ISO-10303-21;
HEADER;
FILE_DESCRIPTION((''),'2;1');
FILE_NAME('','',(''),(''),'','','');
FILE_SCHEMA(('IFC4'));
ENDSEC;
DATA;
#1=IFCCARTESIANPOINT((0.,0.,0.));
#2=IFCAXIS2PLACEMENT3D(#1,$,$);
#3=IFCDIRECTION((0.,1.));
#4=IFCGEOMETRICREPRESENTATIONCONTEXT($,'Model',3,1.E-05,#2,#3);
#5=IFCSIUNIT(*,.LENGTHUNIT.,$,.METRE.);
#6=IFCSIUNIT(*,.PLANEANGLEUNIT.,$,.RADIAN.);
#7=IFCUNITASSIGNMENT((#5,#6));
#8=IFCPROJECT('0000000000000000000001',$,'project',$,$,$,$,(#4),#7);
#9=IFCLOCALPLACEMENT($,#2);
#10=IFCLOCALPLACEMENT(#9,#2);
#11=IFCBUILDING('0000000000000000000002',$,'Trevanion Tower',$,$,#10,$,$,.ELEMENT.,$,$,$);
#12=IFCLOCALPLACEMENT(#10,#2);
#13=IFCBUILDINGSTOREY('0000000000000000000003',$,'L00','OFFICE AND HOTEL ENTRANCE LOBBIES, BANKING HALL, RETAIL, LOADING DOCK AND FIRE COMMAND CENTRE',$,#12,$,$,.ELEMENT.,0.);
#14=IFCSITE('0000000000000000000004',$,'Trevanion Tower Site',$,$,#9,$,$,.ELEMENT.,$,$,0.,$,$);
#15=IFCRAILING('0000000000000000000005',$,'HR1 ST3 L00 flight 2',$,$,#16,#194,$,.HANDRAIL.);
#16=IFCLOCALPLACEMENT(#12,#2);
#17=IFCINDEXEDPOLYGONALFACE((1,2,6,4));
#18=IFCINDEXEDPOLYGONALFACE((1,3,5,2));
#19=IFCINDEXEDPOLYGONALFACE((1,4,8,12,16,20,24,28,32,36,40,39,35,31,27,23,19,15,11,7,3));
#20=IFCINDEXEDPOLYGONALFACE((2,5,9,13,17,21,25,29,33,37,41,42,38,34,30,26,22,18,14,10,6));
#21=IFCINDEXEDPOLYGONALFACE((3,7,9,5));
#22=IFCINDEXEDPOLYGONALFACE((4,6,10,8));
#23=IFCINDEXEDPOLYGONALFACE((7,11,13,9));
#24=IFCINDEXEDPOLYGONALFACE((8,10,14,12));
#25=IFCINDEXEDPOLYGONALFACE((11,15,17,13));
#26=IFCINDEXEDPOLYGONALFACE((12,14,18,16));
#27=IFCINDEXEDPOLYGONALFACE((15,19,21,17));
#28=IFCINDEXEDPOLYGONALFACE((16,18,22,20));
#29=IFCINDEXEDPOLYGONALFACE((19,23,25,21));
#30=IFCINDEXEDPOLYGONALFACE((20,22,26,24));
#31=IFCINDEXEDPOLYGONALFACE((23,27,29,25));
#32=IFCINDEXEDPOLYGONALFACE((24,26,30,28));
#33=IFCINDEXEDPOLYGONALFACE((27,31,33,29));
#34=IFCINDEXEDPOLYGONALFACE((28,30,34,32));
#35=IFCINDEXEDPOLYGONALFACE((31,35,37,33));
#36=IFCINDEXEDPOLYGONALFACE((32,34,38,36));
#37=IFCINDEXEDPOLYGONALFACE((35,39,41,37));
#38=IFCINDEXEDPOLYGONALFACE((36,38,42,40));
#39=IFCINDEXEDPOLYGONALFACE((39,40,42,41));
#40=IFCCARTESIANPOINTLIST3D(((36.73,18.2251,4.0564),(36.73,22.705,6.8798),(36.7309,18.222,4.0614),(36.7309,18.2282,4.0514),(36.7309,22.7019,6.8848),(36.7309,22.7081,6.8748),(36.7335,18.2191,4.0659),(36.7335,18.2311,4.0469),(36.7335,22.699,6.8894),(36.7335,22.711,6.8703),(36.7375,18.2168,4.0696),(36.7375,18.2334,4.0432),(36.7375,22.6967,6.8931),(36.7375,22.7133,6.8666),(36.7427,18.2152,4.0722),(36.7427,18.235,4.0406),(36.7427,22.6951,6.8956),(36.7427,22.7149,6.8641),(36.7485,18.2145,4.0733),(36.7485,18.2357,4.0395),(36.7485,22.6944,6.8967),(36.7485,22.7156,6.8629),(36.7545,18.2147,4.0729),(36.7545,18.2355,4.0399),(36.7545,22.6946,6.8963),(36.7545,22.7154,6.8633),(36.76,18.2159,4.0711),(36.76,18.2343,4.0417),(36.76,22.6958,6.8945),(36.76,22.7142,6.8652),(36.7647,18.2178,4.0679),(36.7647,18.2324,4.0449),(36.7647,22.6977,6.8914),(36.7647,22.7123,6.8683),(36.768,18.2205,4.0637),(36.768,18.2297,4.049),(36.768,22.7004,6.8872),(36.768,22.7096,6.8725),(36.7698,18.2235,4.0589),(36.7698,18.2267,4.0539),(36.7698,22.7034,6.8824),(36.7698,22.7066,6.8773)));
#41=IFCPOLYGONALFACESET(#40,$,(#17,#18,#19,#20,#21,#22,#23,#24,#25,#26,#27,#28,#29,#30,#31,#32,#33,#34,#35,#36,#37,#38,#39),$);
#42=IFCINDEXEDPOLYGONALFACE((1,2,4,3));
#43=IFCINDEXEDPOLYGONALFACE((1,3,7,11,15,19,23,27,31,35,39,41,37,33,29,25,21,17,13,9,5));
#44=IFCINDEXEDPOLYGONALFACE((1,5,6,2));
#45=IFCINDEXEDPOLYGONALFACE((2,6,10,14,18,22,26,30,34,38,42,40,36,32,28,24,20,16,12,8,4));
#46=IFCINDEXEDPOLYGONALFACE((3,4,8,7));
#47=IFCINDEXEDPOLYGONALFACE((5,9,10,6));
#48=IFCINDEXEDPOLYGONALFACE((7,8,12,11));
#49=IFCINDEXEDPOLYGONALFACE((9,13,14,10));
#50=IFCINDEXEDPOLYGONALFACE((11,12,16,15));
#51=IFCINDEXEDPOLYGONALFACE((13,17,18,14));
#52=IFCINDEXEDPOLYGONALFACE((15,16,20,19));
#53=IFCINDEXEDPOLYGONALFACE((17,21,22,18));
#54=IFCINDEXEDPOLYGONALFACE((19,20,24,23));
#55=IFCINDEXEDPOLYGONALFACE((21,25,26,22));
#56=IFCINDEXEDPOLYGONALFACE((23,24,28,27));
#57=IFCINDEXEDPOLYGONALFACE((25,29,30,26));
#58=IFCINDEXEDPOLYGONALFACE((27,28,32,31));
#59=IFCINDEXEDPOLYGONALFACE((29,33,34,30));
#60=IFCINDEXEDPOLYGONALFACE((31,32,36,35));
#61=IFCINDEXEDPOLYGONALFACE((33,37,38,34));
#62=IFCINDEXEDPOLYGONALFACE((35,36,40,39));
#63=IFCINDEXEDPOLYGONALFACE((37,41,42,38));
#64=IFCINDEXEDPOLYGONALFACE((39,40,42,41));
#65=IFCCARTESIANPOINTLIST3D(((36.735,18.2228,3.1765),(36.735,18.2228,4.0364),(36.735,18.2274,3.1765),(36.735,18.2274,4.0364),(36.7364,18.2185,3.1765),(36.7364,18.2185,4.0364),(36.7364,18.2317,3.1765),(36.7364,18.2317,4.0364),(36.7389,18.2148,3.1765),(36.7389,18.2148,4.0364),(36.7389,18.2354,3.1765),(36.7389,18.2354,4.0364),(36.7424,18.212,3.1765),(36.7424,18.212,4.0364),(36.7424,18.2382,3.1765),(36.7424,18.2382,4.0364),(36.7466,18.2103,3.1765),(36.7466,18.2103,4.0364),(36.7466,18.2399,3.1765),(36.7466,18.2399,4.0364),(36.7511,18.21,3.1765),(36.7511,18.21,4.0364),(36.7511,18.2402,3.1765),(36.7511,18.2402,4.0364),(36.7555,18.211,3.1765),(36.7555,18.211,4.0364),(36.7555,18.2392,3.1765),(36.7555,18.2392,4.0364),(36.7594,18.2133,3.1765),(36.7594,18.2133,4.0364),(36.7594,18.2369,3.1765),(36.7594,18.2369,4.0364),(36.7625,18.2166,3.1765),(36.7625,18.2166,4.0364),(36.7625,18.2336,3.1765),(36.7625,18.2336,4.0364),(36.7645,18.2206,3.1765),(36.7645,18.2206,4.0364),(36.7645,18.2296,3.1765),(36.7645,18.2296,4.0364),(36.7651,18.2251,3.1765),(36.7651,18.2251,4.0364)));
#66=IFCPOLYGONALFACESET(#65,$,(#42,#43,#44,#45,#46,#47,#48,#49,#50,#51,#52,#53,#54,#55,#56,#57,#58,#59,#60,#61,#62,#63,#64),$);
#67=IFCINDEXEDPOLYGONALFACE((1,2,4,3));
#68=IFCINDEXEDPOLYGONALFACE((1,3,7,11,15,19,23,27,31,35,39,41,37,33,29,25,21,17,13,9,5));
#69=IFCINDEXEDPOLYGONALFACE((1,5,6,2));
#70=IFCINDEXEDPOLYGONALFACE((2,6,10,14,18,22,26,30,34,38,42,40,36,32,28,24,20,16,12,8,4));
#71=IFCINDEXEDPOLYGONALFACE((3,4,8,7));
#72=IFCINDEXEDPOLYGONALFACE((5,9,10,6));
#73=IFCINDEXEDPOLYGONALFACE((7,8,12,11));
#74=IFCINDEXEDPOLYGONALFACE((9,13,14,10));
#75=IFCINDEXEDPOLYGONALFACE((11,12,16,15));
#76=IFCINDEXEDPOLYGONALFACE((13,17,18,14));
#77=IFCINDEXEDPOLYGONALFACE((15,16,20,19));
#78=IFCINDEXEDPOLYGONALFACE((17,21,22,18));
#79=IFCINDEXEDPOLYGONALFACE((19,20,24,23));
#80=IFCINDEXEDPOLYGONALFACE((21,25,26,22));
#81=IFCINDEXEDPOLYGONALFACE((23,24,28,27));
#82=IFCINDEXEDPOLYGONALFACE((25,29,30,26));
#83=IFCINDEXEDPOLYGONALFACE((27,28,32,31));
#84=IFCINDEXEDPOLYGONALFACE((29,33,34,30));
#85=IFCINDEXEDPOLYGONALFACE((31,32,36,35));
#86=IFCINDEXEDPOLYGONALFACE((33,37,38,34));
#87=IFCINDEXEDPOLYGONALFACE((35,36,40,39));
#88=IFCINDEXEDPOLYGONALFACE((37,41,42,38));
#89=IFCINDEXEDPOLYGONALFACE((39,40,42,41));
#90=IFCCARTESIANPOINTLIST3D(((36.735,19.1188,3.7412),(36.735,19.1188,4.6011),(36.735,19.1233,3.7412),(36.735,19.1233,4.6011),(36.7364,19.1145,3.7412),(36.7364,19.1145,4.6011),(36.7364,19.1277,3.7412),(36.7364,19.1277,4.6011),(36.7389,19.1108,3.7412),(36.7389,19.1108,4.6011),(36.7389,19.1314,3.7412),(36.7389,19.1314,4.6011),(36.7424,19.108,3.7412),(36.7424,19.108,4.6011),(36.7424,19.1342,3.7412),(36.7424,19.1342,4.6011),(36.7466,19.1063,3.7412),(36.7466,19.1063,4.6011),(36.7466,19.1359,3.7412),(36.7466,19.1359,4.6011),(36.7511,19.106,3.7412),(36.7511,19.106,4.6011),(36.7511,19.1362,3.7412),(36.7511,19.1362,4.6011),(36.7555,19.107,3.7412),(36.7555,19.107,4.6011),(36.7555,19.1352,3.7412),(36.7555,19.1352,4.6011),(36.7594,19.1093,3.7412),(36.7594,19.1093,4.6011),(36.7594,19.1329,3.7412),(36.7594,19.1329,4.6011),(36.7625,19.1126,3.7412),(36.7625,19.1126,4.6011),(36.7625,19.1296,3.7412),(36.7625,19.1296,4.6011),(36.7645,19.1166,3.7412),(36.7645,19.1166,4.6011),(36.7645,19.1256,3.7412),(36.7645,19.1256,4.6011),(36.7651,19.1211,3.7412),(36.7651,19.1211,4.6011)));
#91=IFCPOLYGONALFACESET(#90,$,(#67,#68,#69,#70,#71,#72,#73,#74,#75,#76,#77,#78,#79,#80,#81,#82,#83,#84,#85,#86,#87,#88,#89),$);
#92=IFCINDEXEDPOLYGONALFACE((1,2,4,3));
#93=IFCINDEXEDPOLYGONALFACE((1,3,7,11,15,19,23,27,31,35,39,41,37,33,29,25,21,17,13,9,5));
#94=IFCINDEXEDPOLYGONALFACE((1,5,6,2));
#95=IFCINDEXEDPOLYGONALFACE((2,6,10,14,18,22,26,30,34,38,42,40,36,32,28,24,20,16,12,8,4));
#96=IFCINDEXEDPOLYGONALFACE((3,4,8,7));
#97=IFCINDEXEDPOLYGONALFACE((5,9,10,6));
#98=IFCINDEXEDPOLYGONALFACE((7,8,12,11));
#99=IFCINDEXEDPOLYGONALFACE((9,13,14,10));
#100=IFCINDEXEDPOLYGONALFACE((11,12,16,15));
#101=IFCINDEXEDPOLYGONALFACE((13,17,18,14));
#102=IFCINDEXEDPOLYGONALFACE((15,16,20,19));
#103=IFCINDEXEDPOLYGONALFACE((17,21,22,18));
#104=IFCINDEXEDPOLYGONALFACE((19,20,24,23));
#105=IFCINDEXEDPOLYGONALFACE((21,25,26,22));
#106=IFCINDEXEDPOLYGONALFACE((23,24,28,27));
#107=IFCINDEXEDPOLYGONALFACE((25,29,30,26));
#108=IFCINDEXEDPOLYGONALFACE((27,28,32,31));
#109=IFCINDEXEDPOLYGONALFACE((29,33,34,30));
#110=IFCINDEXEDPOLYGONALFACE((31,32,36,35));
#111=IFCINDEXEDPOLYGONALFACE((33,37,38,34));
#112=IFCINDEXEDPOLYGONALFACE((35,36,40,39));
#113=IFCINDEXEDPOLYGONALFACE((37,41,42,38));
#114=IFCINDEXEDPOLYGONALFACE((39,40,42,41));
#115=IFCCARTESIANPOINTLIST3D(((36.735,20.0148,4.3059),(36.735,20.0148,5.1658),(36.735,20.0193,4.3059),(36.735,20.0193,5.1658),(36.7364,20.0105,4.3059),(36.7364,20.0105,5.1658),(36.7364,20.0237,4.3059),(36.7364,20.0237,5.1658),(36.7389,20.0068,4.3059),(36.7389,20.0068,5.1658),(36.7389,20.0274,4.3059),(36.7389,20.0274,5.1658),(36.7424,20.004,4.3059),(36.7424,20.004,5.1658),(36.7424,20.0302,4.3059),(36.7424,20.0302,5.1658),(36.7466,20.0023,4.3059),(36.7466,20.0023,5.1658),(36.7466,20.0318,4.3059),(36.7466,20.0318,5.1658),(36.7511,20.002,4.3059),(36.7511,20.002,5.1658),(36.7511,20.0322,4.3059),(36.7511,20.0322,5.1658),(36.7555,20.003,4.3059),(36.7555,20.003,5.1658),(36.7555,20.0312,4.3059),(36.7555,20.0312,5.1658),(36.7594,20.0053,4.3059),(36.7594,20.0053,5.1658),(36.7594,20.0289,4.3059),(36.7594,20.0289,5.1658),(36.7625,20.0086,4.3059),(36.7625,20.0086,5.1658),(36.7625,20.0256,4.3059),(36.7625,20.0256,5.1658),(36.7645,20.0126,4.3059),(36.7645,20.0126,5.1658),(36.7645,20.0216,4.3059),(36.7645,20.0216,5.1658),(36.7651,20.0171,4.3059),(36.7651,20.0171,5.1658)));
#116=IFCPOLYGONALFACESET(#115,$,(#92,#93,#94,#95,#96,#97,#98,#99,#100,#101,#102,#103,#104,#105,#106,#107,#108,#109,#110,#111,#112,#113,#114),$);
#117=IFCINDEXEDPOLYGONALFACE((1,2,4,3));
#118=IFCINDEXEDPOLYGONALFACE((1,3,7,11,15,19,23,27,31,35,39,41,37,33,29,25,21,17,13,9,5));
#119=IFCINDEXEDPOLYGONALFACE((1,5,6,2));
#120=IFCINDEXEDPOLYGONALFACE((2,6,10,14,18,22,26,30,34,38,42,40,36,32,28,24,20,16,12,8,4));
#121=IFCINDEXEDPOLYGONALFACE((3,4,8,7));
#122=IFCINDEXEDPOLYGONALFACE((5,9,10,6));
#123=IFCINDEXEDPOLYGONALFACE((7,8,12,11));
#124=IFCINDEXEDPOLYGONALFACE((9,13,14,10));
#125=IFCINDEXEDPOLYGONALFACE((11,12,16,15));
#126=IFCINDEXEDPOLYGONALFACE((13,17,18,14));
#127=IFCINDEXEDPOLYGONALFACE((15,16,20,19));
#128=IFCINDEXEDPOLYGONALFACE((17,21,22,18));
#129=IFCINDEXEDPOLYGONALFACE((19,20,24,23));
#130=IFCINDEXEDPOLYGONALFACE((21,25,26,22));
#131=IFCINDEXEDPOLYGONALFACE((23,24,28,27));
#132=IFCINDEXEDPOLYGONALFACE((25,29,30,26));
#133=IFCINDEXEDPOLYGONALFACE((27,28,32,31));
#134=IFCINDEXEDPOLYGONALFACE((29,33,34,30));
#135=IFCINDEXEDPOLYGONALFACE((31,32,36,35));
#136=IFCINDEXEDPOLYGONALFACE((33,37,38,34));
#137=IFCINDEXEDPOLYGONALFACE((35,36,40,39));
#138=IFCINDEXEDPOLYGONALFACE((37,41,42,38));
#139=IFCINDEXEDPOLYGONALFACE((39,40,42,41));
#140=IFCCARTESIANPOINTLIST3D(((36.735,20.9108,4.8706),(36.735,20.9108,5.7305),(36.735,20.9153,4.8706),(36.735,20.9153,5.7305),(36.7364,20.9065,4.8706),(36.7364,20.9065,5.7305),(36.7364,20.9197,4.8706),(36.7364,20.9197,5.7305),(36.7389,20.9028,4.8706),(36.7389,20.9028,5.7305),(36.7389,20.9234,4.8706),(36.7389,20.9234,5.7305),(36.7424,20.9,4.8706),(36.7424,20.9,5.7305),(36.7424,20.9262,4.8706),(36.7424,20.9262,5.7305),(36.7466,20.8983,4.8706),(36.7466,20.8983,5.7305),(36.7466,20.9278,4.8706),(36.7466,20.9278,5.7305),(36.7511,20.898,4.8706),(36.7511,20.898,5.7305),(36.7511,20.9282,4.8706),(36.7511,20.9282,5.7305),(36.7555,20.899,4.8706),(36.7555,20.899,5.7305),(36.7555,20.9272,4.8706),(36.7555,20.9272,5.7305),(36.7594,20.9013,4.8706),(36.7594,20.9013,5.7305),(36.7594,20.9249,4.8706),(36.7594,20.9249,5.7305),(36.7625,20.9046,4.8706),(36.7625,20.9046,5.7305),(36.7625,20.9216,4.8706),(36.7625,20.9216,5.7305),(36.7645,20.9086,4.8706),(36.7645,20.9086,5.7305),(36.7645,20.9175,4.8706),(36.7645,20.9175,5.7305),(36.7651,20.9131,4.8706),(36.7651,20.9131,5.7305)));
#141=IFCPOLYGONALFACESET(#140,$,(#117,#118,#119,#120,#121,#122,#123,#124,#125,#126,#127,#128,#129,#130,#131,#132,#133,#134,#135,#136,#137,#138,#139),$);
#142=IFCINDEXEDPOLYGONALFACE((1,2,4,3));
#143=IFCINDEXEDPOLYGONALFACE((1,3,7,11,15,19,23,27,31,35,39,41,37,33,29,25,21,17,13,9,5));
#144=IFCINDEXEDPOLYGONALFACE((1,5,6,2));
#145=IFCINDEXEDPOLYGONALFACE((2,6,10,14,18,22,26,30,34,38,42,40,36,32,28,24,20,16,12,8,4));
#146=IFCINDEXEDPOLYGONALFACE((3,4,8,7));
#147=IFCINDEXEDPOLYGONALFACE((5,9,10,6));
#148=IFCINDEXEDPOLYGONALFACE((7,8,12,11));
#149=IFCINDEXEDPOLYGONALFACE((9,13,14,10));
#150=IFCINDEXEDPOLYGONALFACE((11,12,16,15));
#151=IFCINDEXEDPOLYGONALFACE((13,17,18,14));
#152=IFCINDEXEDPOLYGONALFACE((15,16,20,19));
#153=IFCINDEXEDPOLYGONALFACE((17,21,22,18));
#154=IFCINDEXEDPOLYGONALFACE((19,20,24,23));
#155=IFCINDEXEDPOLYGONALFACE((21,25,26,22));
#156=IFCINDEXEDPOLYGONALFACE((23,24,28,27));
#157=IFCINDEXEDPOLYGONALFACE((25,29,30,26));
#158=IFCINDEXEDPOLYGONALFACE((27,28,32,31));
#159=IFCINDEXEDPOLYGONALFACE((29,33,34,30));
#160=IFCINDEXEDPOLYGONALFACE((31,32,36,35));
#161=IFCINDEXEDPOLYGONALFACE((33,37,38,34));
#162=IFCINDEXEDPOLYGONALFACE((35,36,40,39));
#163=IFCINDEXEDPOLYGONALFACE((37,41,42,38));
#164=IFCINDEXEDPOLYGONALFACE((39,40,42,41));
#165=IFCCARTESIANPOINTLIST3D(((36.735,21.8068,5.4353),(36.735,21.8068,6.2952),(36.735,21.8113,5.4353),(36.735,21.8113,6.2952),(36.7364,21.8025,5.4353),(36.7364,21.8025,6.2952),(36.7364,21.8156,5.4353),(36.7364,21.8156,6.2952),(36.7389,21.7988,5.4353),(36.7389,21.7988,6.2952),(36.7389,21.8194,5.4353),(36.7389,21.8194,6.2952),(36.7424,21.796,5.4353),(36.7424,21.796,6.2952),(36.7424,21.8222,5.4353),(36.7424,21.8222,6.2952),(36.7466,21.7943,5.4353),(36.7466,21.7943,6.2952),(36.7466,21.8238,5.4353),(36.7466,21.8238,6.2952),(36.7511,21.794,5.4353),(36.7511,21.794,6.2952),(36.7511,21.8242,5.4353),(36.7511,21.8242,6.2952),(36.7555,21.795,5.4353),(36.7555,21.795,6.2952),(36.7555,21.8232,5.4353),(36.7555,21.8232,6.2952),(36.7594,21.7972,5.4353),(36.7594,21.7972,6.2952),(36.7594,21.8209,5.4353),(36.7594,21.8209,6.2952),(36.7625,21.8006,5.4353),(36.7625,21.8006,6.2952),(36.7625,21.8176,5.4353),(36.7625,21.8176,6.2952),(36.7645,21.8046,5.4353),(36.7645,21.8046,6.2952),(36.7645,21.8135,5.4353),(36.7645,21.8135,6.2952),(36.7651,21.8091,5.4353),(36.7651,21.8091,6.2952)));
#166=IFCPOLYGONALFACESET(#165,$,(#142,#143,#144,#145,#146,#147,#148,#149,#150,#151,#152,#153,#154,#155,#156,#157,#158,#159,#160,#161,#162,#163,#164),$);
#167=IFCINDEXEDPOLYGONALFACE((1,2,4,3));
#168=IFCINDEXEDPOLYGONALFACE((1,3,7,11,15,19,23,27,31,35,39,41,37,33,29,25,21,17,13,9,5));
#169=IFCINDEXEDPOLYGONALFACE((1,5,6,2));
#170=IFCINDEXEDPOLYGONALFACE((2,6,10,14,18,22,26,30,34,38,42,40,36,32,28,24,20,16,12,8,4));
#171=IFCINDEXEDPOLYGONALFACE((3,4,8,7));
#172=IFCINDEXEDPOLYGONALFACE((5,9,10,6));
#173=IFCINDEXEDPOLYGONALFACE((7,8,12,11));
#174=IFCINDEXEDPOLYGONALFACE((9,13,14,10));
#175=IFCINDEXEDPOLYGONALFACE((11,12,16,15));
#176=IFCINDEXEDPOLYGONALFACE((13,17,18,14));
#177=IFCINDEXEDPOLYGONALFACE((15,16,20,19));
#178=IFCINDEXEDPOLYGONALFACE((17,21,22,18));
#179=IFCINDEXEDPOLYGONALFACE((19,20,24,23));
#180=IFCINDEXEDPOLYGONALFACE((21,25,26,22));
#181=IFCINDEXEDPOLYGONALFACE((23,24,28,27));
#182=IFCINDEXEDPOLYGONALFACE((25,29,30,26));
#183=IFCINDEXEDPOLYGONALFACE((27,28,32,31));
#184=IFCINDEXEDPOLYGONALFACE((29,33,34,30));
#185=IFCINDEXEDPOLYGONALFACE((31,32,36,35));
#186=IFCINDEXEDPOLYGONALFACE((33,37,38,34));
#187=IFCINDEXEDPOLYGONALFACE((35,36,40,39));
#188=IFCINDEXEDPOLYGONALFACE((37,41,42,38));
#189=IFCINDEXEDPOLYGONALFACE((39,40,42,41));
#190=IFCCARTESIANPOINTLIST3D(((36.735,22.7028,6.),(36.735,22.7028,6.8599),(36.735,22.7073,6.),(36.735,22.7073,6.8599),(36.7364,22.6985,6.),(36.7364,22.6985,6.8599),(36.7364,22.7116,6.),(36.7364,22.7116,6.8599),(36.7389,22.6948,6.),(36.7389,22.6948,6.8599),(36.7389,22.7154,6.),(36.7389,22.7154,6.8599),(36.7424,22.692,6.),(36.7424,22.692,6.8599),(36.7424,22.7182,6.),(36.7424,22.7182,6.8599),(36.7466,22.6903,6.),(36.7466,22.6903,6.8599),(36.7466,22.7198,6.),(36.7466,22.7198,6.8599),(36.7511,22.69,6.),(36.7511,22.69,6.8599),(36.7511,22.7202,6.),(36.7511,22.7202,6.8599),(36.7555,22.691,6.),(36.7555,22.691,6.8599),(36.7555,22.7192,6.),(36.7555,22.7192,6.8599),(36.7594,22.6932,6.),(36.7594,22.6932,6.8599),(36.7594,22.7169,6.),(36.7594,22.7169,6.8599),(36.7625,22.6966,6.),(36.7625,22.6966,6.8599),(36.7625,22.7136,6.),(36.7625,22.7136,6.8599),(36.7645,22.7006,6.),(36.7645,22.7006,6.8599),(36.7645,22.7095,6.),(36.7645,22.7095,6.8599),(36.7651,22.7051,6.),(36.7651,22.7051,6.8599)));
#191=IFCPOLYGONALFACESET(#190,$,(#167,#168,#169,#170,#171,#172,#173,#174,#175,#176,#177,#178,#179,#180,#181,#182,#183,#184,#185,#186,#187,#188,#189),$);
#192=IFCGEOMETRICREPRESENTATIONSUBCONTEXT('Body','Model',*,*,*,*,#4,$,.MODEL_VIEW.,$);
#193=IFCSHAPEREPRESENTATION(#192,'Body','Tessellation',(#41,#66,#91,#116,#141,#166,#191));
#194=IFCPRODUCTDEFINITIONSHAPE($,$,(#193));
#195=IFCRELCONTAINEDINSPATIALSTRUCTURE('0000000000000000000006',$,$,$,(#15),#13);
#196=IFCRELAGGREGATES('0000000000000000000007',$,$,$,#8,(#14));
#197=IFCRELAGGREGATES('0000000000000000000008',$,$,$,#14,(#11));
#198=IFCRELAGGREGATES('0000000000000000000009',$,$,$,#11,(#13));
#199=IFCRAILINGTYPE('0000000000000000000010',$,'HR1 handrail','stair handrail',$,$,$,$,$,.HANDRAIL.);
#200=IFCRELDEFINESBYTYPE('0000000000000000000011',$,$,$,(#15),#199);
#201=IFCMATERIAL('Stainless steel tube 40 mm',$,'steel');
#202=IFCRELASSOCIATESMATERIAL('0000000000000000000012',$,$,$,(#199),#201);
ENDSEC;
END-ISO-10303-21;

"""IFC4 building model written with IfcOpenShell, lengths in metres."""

from ifc_helpers import new_model, si_unit, direction, frame, origin, origin_2d, place, context, subcontext, project, spatial, circle, extrude, material, type_object, element, save


model = new_model("IFC4")

# Units and contexts
model_context = context("Model", 3, precision=1e-05, world=origin(), true_north=direction((0.0, 1.0)))
body_context = subcontext(model_context, "Body", "Model", "MODEL_VIEW")
ifc_project = project(units=[si_unit("LENGTHUNIT", "METRE"), si_unit("PLANEANGLEUNIT", "RADIAN")], contexts=[model_context])

# Site, building, storey
site_placement = place(None, origin())
site = spatial("IfcSite", under=ifc_project, at=site_placement, Name="Trevanion Tower Site", CompositionType="ELEMENT", RefElevation=0.0)
building_placement = place(site_placement, origin())
building = spatial("IfcBuilding", under=site, at=building_placement, Name="Trevanion Tower", CompositionType="ELEMENT")
storey_placement = place(building_placement, origin())
storey = spatial("IfcBuildingStorey", under=building, at=storey_placement, Name="L00", Description="OFFICE AND HOTEL ENTRANCE LOBBIES, BANKING HALL, RETAIL, LOADING DOCK AND FIRE COMMAND CENTRE", CompositionType="ELEMENT", Elevation=0.0)

# Railing
ifc_material_1 = material(Name="Stainless steel tube 40 mm", Category="steel")
railing_type_1 = type_object("IfcRailingType", Name="HR1 handrail", Description="stair handrail", PredefinedType="HANDRAIL", material=ifc_material_1)
for number, where, name in (
    (1, (36.75, 18.2251, 3.1765), "HR1 ST3 L00 flight 2"),
):
    element("IfcRailing", number, at=place(storey_placement, frame(where)), inside=storey, type_object=railing_type_1, Name=name, PredefinedType="HANDRAIL", context=body_context, shape_type="SweptSolid", body=[
        extrude(circle(Radius=0.02, at=origin_2d()), frame((0.0, 0.0, 0.8799), z_axis=(0.0, 0.845998, 0.533186), x_axis=(-1.0, 0.0, 0.0)), (0.0, 0.0, 1.0), 5.2954),
        extrude(circle(Radius=0.0151, at=origin_2d()), origin(), (0.0, 0.0, 1.0), 0.8599),
        extrude(circle(Radius=0.0151, at=origin_2d()), frame((0.0, 0.896, 0.5647)), (0.0, 0.0, 1.0), 0.8599),
        extrude(circle(Radius=0.0151, at=origin_2d()), frame((0.0, 1.792, 1.1294)), (0.0, 0.0, 1.0), 0.8599),
        extrude(circle(Radius=0.0151, at=origin_2d()), frame((0.0, 2.688, 1.6941)), (0.0, 0.0, 1.0), 0.8599),
        extrude(circle(Radius=0.0151, at=origin_2d()), frame((0.0, 3.584, 2.2588)), (0.0, 0.0, 1.0), 0.8599),
        extrude(circle(Radius=0.0151, at=origin_2d()), frame((0.0, 4.48, 2.8235)), (0.0, 0.0, 1.0), 0.8599),
    ])

save(model, "model.ifc")
